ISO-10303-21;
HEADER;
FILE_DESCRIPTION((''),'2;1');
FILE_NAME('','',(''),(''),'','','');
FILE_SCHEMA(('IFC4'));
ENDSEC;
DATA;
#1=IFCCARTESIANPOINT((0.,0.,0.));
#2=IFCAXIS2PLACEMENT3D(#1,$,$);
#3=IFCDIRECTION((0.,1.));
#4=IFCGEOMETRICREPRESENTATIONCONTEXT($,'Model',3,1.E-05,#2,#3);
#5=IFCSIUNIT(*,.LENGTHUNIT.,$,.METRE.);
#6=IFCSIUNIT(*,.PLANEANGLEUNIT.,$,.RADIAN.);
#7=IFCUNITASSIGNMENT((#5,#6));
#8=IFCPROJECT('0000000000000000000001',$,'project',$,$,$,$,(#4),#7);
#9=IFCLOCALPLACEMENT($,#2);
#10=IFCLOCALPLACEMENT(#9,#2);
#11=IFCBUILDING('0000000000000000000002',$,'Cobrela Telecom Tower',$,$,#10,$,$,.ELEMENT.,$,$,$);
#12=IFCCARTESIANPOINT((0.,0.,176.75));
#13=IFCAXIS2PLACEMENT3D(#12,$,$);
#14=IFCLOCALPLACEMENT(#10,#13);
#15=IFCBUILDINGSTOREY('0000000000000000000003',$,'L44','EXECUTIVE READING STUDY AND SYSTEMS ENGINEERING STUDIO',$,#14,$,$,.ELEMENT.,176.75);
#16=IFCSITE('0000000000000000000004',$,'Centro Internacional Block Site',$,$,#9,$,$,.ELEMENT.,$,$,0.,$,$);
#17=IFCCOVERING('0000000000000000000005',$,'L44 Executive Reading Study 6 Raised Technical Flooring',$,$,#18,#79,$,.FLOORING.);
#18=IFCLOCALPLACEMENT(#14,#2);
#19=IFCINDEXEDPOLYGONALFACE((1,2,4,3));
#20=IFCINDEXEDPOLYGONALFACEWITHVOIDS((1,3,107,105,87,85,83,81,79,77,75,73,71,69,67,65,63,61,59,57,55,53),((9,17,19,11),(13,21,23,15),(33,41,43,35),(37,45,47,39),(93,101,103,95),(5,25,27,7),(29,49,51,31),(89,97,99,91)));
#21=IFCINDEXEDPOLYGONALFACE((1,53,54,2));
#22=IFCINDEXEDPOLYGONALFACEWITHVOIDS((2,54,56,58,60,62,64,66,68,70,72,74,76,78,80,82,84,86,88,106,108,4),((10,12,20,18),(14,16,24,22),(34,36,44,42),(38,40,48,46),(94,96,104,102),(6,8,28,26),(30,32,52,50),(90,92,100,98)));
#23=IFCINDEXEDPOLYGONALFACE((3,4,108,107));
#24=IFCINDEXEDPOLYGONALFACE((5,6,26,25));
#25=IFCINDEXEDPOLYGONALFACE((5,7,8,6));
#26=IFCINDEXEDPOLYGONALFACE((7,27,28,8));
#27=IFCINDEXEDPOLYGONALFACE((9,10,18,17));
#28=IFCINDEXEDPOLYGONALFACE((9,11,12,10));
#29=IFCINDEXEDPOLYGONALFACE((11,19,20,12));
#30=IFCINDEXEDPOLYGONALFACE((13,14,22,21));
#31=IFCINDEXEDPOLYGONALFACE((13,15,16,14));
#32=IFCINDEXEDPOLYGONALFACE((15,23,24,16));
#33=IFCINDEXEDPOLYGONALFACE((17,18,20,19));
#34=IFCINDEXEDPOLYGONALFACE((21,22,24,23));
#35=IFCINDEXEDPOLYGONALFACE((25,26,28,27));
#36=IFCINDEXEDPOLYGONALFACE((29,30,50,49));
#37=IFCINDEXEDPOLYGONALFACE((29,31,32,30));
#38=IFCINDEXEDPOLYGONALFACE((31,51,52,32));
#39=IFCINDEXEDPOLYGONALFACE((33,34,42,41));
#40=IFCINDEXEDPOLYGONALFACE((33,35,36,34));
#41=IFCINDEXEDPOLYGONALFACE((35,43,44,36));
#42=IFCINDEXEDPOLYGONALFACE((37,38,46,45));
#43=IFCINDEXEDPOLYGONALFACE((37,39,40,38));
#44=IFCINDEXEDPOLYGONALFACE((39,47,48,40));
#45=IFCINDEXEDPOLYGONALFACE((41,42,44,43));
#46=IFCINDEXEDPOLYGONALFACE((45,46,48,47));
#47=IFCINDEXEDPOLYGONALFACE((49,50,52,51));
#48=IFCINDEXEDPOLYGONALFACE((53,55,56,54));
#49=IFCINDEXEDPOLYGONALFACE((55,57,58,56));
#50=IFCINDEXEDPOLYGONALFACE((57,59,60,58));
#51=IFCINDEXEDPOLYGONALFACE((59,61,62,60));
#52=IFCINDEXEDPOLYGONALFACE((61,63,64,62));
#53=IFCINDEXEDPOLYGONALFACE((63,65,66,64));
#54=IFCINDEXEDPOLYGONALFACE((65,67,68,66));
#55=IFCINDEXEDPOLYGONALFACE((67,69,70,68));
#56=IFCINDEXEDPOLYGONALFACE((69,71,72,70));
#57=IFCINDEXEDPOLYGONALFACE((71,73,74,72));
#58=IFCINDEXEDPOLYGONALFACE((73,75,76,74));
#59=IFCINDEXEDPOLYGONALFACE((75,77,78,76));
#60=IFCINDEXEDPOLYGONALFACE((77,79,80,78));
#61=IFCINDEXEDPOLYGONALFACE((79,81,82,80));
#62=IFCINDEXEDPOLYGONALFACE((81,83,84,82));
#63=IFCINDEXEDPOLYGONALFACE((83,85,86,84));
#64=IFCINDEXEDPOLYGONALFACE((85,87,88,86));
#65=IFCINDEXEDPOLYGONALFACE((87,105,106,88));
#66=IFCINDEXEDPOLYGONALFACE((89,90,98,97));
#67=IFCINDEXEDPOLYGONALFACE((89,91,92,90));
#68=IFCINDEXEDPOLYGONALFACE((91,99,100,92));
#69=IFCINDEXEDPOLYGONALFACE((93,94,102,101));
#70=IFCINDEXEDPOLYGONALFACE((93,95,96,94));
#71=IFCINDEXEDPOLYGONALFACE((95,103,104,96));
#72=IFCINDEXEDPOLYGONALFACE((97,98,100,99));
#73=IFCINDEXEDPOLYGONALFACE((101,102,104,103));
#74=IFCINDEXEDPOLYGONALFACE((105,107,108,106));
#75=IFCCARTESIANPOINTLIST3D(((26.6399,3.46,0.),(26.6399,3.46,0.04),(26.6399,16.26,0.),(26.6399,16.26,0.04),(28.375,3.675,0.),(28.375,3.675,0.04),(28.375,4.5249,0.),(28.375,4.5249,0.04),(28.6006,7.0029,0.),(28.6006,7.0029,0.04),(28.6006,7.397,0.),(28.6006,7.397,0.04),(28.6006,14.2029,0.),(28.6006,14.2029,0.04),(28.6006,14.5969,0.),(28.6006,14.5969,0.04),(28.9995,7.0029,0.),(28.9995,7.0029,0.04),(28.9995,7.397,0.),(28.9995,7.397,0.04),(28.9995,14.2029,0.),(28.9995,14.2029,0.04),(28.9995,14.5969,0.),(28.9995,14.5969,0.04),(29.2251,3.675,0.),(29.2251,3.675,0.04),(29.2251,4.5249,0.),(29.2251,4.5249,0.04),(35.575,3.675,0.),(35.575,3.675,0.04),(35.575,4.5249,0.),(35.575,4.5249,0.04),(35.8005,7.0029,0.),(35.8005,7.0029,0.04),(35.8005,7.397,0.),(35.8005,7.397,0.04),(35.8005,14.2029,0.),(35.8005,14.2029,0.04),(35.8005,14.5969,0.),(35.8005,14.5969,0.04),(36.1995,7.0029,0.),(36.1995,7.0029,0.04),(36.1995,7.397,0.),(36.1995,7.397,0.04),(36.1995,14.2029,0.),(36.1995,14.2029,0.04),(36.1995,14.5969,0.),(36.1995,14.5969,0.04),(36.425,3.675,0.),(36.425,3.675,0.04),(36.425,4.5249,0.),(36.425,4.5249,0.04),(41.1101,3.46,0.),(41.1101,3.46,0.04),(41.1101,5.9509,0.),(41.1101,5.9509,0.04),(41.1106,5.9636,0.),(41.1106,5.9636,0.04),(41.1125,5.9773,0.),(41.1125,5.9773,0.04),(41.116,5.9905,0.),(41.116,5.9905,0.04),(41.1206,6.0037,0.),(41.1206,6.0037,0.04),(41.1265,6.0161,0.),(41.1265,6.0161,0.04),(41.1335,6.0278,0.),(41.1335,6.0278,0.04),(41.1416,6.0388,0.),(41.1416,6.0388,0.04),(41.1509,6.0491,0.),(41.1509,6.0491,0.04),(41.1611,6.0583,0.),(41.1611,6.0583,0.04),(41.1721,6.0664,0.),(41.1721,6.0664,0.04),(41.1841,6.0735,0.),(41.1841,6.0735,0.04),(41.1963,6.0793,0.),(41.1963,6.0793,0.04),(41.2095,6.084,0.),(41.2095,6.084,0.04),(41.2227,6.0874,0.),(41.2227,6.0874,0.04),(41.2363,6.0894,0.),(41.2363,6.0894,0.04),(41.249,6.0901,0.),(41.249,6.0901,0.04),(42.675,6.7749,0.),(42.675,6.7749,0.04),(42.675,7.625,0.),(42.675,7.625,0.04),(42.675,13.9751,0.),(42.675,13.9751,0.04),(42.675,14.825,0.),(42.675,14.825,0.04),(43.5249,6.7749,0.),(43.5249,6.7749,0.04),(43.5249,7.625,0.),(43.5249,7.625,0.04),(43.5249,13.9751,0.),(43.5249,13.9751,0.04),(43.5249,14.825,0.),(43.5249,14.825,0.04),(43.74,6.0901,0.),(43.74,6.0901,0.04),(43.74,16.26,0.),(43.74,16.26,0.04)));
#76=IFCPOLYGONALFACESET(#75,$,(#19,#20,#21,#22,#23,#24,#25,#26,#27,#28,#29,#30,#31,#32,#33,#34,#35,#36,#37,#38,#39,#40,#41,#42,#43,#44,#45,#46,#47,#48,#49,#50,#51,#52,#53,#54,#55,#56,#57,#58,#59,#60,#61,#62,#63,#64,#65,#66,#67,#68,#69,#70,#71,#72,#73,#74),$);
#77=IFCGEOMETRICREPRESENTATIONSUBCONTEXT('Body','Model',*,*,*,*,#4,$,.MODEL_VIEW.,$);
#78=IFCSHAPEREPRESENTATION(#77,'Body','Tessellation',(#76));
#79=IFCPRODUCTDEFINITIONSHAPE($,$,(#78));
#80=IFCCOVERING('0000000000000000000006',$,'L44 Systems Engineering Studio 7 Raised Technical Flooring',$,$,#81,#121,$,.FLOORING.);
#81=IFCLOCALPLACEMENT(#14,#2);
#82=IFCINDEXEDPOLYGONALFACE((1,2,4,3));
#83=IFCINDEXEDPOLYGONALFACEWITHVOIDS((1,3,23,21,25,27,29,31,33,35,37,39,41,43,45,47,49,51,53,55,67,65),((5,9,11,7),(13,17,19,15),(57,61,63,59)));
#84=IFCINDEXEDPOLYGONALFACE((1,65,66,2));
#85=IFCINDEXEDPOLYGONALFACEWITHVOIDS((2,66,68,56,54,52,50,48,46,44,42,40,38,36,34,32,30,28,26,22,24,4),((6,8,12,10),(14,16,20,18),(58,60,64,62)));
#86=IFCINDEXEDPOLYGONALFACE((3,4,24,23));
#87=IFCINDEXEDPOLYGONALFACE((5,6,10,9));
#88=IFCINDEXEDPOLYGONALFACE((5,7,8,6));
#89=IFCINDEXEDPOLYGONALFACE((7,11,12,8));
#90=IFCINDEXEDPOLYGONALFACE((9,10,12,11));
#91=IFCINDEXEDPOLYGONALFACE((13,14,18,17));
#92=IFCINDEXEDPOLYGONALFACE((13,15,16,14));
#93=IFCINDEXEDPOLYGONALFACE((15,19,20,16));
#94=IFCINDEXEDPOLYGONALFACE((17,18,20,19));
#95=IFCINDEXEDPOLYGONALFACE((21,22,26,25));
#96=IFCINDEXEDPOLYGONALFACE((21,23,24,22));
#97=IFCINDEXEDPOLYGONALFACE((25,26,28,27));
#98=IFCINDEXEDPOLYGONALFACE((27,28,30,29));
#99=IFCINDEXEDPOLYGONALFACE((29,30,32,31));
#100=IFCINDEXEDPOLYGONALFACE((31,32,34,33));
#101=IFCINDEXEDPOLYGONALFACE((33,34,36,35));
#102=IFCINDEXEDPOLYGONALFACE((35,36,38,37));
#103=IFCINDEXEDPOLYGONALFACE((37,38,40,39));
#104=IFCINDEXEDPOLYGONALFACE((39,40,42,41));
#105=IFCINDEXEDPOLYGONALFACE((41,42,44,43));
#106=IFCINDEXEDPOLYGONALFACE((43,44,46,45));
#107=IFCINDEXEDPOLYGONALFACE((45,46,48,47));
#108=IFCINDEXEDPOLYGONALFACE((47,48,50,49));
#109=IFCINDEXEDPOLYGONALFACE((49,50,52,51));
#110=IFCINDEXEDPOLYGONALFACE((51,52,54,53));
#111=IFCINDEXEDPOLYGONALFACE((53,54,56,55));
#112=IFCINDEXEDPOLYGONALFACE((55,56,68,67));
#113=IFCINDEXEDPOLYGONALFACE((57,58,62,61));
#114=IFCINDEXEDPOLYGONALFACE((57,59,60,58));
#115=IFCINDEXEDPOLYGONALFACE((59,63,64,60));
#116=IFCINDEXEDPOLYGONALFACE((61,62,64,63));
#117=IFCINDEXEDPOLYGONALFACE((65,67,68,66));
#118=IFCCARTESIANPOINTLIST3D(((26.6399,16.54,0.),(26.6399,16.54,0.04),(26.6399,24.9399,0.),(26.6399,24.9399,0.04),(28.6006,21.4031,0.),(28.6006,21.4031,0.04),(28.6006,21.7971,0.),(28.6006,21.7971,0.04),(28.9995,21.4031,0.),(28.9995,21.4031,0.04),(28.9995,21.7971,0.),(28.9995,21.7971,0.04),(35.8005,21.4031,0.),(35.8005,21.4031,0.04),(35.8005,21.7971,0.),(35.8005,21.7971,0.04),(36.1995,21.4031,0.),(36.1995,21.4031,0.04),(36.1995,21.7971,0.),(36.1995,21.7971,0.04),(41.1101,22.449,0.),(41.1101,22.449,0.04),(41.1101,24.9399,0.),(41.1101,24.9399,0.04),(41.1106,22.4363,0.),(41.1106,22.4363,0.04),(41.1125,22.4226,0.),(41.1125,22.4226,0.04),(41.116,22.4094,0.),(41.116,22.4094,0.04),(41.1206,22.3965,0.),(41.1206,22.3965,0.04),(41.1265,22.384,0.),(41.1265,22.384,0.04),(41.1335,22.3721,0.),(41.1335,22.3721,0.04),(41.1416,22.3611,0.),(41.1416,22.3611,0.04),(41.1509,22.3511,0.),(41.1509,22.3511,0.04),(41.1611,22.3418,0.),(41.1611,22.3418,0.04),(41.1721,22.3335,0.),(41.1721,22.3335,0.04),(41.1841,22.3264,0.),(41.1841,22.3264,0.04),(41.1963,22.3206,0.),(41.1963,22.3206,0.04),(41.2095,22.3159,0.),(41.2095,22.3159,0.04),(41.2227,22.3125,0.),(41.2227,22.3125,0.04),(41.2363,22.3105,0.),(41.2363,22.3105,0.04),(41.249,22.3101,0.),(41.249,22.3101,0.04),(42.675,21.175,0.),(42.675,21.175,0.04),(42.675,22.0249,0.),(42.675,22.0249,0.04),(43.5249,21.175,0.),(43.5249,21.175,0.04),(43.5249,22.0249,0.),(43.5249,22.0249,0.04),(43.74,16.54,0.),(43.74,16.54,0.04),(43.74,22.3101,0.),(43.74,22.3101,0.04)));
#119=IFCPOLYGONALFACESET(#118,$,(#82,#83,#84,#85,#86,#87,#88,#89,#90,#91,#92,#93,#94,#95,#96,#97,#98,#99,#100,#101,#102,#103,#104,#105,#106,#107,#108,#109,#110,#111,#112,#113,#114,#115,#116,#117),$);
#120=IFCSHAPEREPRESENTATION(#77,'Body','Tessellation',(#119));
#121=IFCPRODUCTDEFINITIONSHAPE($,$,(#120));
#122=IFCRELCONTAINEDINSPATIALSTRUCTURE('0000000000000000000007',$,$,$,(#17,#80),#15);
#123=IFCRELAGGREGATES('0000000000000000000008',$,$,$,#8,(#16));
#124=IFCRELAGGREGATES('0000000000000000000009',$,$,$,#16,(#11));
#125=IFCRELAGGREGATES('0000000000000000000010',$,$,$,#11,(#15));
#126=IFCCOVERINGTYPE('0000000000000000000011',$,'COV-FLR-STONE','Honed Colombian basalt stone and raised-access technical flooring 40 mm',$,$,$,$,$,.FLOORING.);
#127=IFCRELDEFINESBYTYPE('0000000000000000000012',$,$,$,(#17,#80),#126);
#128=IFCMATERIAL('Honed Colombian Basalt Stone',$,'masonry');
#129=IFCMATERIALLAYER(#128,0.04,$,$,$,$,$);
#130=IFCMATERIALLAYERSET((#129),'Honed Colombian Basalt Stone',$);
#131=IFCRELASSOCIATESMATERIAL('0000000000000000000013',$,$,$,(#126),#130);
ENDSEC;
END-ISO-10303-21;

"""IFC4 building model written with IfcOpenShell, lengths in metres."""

from ifc_helpers import new_model, si_unit, direction, frame, origin, place, context, subcontext, project, spatial, polyline, outline, extrude, material, layer, layer_set, type_object, element, save


model = new_model("IFC4")

# Units and contexts
model_context = context("Model", 3, precision=1e-05, world=origin(), true_north=direction((0.0, 1.0)))
body_context = subcontext(model_context, "Body", "Model", "MODEL_VIEW")
ifc_project = project(units=[si_unit("LENGTHUNIT", "METRE"), si_unit("PLANEANGLEUNIT", "RADIAN")], contexts=[model_context])

# Site, building, storey
site_placement = place(None, origin())
site = spatial("IfcSite", under=ifc_project, at=site_placement, Name="Centro Internacional Block Site", CompositionType="ELEMENT", RefElevation=0.0)
building_placement = place(site_placement, origin())
building = spatial("IfcBuilding", under=site, at=building_placement, Name="Cobrela Telecom Tower", CompositionType="ELEMENT")
storey_placement = place(building_placement, frame((0.0, 0.0, 176.75)))
storey = spatial("IfcBuildingStorey", under=building, at=storey_placement, Name="L44", Description="EXECUTIVE READING STUDY AND SYSTEMS ENGINEERING STUDIO", CompositionType="ELEMENT", Elevation=176.75)

# Coverings
ifc_material_1 = material(Name="Honed Colombian Basalt Stone", Category="masonry")
ifc_layer_1 = layer(ifc_material_1, 0.04)
ifc_layer_set_1 = layer_set([ifc_layer_1], Name="Honed Colombian Basalt Stone")
covering_type_1 = type_object("IfcCoveringType", Name="COV-FLR-STONE", Description="Honed Colombian basalt stone and raised-access technical flooring 40 mm", PredefinedType="FLOORING", material=ifc_layer_set_1)
covering_1_placement = place(storey_placement, origin())
element("IfcCovering", 1, at=covering_1_placement, inside=storey, type_object=covering_type_1, Name="L44 Executive Reading Study 6 Raised Technical Flooring", PredefinedType="FLOORING", context=body_context, shape_type="SweptSolid", body=[
    extrude(outline(polyline([(43.74, 6.0901), (41.249, 6.0901), (41.2363, 6.0894), (41.2227, 6.0874), (41.2095, 6.084), (41.1963, 6.0793), (41.1841, 6.0735), (41.1721, 6.0664), (41.1611, 6.0583), (41.1509, 6.0491), (41.1416, 6.0388), (41.1335, 6.0278), (41.1265, 6.0161), (41.1206, 6.0037), (41.116, 5.9905), (41.1125, 5.9773), (41.1106, 5.9636), (41.1101, 5.9509), (41.1101, 3.46), (26.6399, 3.46), (26.6399, 16.26), (43.74, 16.26), (43.74, 6.0901)]), holes=[polyline([(29.2251, 3.675), (29.2251, 4.5249), (28.375, 4.5249), (28.375, 3.675), (29.2251, 3.675)]), polyline([(36.425, 4.5249), (35.575, 4.5249), (35.575, 3.675), (36.425, 3.675), (36.425, 4.5249)]), polyline([(28.9995, 7.397), (28.6006, 7.397), (28.6006, 7.0029), (28.9995, 7.0029), (28.9995, 7.397)]), polyline([(36.1995, 7.0029), (36.1995, 7.397), (35.8005, 7.397), (35.8005, 7.0029), (36.1995, 7.0029)]), polyline([(43.5249, 6.7749), (43.5249, 7.625), (42.675, 7.625), (42.675, 6.7749), (43.5249, 6.7749)]), polyline([(28.9995, 14.5969), (28.6006, 14.5969), (28.6006, 14.2029), (28.9995, 14.2029), (28.9995, 14.5969)]), polyline([(36.1995, 14.2029), (36.1995, 14.5969), (35.8005, 14.5969), (35.8005, 14.2029), (36.1995, 14.2029)]), polyline([(43.5249, 13.9751), (43.5249, 14.825), (42.675, 14.825), (42.675, 13.9751), (43.5249, 13.9751)])]), origin(), (0.0, 0.0, 1.0), 0.04),
])
covering_2_placement = place(storey_placement, origin())
element("IfcCovering", 2, at=covering_2_placement, inside=storey, type_object=covering_type_1, Name="L44 Systems Engineering Studio 7 Raised Technical Flooring", PredefinedType="FLOORING", context=body_context, shape_type="SweptSolid", body=[
    extrude(outline(polyline([(41.1101, 24.9399), (41.1101, 22.449), (41.1106, 22.4363), (41.1125, 22.4226), (41.116, 22.4094), (41.1206, 22.3965), (41.1265, 22.384), (41.1335, 22.3721), (41.1416, 22.3611), (41.1509, 22.3511), (41.1611, 22.3418), (41.1721, 22.3335), (41.1841, 22.3264), (41.1963, 22.3206), (41.2095, 22.3159), (41.2227, 22.3125), (41.2363, 22.3105), (41.249, 22.3101), (43.74, 22.3101), (43.74, 16.54), (26.6399, 16.54), (26.6399, 24.9399), (41.1101, 24.9399)]), holes=[polyline([(28.9995, 21.7971), (28.6006, 21.7971), (28.6006, 21.4031), (28.9995, 21.4031), (28.9995, 21.7971)]), polyline([(36.1995, 21.4031), (36.1995, 21.7971), (35.8005, 21.7971), (35.8005, 21.4031), (36.1995, 21.4031)]), polyline([(43.5249, 21.175), (43.5249, 22.0249), (42.675, 22.0249), (42.675, 21.175), (43.5249, 21.175)])]), origin(), (0.0, 0.0, 1.0), 0.04),
])

save(model, "model.ifc")
